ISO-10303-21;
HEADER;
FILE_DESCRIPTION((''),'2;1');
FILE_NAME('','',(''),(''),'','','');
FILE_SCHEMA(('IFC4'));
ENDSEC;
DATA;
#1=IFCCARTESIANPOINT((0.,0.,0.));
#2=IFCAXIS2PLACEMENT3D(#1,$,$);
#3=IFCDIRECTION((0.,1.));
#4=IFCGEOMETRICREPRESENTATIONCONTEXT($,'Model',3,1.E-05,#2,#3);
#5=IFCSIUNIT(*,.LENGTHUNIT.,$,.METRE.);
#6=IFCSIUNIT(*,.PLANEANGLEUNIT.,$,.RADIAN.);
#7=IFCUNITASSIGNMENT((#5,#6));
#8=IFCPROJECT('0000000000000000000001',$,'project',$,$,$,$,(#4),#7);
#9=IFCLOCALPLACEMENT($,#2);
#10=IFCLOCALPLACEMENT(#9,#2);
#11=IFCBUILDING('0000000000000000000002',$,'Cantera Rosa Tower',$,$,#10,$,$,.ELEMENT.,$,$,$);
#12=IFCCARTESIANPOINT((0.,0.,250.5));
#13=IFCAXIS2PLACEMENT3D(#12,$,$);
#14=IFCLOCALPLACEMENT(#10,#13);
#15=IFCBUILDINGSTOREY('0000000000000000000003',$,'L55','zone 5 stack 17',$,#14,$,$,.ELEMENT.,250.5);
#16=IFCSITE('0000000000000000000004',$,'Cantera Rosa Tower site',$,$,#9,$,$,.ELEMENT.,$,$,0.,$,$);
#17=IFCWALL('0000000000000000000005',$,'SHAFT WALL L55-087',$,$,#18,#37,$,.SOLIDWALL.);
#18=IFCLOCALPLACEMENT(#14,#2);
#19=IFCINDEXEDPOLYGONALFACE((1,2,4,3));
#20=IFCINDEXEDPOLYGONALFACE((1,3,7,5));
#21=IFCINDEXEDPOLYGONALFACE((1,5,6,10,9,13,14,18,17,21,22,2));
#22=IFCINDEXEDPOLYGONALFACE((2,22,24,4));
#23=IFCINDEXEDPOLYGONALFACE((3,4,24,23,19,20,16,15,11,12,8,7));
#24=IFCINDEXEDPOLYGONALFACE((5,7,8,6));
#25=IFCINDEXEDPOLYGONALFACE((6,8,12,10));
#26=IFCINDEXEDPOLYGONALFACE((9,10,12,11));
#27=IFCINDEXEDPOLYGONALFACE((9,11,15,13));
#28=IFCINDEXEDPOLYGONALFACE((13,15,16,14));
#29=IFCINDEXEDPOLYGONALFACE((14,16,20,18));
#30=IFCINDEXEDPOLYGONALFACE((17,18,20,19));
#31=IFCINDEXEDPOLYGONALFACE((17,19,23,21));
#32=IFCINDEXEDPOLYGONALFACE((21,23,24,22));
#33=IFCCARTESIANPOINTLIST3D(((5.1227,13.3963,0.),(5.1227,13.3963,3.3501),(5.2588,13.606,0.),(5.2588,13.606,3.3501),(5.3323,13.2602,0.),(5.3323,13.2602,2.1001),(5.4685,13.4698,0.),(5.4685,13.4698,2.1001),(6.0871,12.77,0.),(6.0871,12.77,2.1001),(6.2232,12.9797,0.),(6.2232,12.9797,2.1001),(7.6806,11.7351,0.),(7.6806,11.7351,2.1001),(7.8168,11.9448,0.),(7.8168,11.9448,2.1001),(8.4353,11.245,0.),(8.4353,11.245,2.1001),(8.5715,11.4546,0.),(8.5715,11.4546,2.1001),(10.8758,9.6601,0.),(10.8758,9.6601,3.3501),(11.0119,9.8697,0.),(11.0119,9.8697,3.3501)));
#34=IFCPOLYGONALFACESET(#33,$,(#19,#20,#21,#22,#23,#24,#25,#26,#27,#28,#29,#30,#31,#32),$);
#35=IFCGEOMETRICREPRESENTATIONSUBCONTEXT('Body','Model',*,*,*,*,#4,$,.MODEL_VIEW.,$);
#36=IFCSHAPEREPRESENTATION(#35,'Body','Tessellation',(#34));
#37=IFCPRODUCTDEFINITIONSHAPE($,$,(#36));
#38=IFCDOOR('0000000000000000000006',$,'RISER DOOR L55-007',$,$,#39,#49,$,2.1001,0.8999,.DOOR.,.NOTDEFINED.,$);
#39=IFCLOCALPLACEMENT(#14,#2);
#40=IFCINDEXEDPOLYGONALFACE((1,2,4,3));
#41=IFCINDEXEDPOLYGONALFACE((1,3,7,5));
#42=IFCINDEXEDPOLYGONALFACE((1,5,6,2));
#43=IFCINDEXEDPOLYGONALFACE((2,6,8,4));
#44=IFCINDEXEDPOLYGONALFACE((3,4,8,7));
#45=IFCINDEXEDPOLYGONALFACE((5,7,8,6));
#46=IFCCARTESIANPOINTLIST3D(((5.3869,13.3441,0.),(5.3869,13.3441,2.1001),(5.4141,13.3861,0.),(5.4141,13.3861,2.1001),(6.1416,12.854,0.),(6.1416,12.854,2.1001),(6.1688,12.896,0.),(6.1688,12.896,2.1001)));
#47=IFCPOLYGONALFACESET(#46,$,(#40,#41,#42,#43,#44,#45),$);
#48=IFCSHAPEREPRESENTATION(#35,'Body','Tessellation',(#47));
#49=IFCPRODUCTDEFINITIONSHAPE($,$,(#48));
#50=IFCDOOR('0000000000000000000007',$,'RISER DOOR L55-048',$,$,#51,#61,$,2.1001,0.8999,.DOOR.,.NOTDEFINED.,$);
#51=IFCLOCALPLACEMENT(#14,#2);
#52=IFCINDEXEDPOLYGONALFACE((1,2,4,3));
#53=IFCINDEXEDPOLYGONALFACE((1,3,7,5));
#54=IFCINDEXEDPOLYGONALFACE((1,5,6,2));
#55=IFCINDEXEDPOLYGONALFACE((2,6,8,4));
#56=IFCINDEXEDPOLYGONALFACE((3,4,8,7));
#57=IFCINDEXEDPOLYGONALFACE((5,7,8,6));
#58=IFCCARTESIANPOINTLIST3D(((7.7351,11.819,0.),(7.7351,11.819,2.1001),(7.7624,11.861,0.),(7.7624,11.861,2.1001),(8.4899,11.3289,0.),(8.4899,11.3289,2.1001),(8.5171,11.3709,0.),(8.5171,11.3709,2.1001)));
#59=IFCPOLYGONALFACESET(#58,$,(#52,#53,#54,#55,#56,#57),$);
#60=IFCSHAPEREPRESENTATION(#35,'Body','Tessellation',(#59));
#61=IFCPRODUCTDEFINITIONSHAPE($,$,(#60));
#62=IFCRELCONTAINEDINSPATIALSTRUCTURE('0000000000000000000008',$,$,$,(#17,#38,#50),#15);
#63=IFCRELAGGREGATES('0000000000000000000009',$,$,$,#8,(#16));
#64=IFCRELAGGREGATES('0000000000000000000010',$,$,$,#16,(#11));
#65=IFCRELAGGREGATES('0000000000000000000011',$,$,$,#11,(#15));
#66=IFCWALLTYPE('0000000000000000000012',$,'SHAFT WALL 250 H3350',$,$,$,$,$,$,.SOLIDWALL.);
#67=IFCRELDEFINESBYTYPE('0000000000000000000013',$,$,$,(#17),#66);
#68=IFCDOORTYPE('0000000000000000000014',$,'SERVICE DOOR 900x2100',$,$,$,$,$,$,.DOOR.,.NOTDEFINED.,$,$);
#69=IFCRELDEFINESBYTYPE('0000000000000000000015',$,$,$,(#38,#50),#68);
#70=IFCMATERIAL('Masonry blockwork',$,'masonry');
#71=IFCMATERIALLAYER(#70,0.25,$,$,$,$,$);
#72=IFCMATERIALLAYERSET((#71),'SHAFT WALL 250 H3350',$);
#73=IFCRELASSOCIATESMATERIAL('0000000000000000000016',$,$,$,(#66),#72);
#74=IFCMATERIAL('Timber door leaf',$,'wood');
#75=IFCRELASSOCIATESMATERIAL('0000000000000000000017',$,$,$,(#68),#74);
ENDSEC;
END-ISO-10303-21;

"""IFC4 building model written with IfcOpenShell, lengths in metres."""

from ifc_helpers import new_model, si_unit, direction, frame, frame_2d, origin, place, context, subcontext, project, spatial, rectangle, extrude, material, layer, layer_set, type_object, element, fill, save


model = new_model("IFC4")

# Units and contexts
model_context = context("Model", 3, precision=1e-05, world=origin(), true_north=direction((0.0, 1.0)))
body_context = subcontext(model_context, "Body", "Model", "MODEL_VIEW")
ifc_project = project(units=[si_unit("LENGTHUNIT", "METRE"), si_unit("PLANEANGLEUNIT", "RADIAN")], contexts=[model_context])

# Site, building, storey
site_placement = place(None, origin())
site = spatial("IfcSite", under=ifc_project, at=site_placement, Name="Cantera Rosa Tower site", CompositionType="ELEMENT", RefElevation=0.0)
building_placement = place(site_placement, origin())
building = spatial("IfcBuilding", under=site, at=building_placement, Name="Cantera Rosa Tower", CompositionType="ELEMENT")
storey_placement = place(building_placement, frame((0.0, 0.0, 250.5)))
storey = spatial("IfcBuildingStorey", under=building, at=storey_placement, Name="L55", Description="zone 5 stack 17", CompositionType="ELEMENT", Elevation=250.5)

# Shared definitions
ifc_material_1 = material(Name="Masonry blockwork", Category="masonry")
ifc_layer_1 = layer(ifc_material_1, 0.25)
ifc_layer_set_1 = layer_set([ifc_layer_1], Name="SHAFT WALL 250 H3350")
wall_type_1 = type_object("IfcWallType", Name="SHAFT WALL 250 H3350", PredefinedType="SOLIDWALL", material=ifc_layer_set_1)

# Wall, openings, doors
wall_1_placement = place(storey_placement, frame((10.9438, 9.7649, 0.0), z_axis=(0.0, 0.0, 1.0), x_axis=(-0.838659, 0.544657, 0.0)))
wall_1 = element("IfcWall", 1, at=wall_1_placement, inside=storey, type_object=wall_type_1, Name="SHAFT WALL L55-087", PredefinedType="SOLIDWALL", context=body_context, shape_type="SweptSolid", body=[
    extrude(rectangle(XDim=6.8599, YDim=0.25, at=frame_2d((3.4299, 0.0))), origin(), (0.0, 0.0, 1.0), 3.3501),
])
opening_1_placement = place(wall_1_placement, frame((5.71, 0.0, 0.0)))
opening_1 = element("IfcOpeningElement", 2, at=opening_1_placement, cuts=wall_1, PredefinedType="OPENING", context=body_context, shape_type="SweptSolid", body=[
    extrude(rectangle(XDim=0.8999, YDim=2.1001, at=frame_2d((0.45, 1.05))), frame((0.0, 0.135, 0.0), z_axis=(0.0, -1.0, 0.0), x_axis=(1.0, 0.0, 0.0)), (0.0, 0.0, 1.0), 0.27),
])
opening_2_placement = place(wall_1_placement, frame((2.9099, 0.0, 0.0)))
opening_2 = element("IfcOpeningElement", 3, at=opening_2_placement, cuts=wall_1, PredefinedType="OPENING", context=body_context, shape_type="SweptSolid", body=[
    extrude(rectangle(XDim=0.8999, YDim=2.1001, at=frame_2d((0.45, 1.05))), frame((0.0, 0.135, 0.0), z_axis=(0.0, -1.0, 0.0), x_axis=(1.0, 0.0, 0.0)), (0.0, 0.0, 1.0), 0.27),
])
ifc_material_2 = material(Name="Timber door leaf", Category="wood")
door_type_1 = type_object("IfcDoorType", Name="SERVICE DOOR 900x2100", OperationType="NOTDEFINED", PredefinedType="DOOR", material=ifc_material_2)
door_1_placement = place(opening_1_placement, origin())
door_1 = element("IfcDoor", 4, at=door_1_placement, inside=storey, type_object=door_type_1, Name="RISER DOOR L55-007", OperationType="NOTDEFINED", OverallHeight=2.1001, OverallWidth=0.8999, PredefinedType="DOOR", context=body_context, shape_type="SweptSolid", body=[
    extrude(rectangle(XDim=0.8999, YDim=2.1001, at=frame_2d((0.45, 1.05))), frame((0.0, 0.0249, 0.0), z_axis=(0.0, -1.0, 0.0), x_axis=(1.0, 0.0, 0.0)), (0.0, 0.0, 1.0), 0.05),
])
fill(opening_1, door_1)
door_2_placement = place(opening_2_placement, origin())
door_2 = element("IfcDoor", 5, at=door_2_placement, inside=storey, type_object=door_type_1, Name="RISER DOOR L55-048", OperationType="NOTDEFINED", OverallHeight=2.1001, OverallWidth=0.8999, PredefinedType="DOOR", context=body_context, shape_type="SweptSolid", body=[
    extrude(rectangle(XDim=0.8999, YDim=2.1001, at=frame_2d((0.45, 1.05))), frame((0.0, 0.0249, 0.0), z_axis=(0.0, -1.0, 0.0), x_axis=(1.0, 0.0, 0.0)), (0.0, 0.0, 1.0), 0.05),
])
fill(opening_2, door_2)

save(model, "model.ifc")
